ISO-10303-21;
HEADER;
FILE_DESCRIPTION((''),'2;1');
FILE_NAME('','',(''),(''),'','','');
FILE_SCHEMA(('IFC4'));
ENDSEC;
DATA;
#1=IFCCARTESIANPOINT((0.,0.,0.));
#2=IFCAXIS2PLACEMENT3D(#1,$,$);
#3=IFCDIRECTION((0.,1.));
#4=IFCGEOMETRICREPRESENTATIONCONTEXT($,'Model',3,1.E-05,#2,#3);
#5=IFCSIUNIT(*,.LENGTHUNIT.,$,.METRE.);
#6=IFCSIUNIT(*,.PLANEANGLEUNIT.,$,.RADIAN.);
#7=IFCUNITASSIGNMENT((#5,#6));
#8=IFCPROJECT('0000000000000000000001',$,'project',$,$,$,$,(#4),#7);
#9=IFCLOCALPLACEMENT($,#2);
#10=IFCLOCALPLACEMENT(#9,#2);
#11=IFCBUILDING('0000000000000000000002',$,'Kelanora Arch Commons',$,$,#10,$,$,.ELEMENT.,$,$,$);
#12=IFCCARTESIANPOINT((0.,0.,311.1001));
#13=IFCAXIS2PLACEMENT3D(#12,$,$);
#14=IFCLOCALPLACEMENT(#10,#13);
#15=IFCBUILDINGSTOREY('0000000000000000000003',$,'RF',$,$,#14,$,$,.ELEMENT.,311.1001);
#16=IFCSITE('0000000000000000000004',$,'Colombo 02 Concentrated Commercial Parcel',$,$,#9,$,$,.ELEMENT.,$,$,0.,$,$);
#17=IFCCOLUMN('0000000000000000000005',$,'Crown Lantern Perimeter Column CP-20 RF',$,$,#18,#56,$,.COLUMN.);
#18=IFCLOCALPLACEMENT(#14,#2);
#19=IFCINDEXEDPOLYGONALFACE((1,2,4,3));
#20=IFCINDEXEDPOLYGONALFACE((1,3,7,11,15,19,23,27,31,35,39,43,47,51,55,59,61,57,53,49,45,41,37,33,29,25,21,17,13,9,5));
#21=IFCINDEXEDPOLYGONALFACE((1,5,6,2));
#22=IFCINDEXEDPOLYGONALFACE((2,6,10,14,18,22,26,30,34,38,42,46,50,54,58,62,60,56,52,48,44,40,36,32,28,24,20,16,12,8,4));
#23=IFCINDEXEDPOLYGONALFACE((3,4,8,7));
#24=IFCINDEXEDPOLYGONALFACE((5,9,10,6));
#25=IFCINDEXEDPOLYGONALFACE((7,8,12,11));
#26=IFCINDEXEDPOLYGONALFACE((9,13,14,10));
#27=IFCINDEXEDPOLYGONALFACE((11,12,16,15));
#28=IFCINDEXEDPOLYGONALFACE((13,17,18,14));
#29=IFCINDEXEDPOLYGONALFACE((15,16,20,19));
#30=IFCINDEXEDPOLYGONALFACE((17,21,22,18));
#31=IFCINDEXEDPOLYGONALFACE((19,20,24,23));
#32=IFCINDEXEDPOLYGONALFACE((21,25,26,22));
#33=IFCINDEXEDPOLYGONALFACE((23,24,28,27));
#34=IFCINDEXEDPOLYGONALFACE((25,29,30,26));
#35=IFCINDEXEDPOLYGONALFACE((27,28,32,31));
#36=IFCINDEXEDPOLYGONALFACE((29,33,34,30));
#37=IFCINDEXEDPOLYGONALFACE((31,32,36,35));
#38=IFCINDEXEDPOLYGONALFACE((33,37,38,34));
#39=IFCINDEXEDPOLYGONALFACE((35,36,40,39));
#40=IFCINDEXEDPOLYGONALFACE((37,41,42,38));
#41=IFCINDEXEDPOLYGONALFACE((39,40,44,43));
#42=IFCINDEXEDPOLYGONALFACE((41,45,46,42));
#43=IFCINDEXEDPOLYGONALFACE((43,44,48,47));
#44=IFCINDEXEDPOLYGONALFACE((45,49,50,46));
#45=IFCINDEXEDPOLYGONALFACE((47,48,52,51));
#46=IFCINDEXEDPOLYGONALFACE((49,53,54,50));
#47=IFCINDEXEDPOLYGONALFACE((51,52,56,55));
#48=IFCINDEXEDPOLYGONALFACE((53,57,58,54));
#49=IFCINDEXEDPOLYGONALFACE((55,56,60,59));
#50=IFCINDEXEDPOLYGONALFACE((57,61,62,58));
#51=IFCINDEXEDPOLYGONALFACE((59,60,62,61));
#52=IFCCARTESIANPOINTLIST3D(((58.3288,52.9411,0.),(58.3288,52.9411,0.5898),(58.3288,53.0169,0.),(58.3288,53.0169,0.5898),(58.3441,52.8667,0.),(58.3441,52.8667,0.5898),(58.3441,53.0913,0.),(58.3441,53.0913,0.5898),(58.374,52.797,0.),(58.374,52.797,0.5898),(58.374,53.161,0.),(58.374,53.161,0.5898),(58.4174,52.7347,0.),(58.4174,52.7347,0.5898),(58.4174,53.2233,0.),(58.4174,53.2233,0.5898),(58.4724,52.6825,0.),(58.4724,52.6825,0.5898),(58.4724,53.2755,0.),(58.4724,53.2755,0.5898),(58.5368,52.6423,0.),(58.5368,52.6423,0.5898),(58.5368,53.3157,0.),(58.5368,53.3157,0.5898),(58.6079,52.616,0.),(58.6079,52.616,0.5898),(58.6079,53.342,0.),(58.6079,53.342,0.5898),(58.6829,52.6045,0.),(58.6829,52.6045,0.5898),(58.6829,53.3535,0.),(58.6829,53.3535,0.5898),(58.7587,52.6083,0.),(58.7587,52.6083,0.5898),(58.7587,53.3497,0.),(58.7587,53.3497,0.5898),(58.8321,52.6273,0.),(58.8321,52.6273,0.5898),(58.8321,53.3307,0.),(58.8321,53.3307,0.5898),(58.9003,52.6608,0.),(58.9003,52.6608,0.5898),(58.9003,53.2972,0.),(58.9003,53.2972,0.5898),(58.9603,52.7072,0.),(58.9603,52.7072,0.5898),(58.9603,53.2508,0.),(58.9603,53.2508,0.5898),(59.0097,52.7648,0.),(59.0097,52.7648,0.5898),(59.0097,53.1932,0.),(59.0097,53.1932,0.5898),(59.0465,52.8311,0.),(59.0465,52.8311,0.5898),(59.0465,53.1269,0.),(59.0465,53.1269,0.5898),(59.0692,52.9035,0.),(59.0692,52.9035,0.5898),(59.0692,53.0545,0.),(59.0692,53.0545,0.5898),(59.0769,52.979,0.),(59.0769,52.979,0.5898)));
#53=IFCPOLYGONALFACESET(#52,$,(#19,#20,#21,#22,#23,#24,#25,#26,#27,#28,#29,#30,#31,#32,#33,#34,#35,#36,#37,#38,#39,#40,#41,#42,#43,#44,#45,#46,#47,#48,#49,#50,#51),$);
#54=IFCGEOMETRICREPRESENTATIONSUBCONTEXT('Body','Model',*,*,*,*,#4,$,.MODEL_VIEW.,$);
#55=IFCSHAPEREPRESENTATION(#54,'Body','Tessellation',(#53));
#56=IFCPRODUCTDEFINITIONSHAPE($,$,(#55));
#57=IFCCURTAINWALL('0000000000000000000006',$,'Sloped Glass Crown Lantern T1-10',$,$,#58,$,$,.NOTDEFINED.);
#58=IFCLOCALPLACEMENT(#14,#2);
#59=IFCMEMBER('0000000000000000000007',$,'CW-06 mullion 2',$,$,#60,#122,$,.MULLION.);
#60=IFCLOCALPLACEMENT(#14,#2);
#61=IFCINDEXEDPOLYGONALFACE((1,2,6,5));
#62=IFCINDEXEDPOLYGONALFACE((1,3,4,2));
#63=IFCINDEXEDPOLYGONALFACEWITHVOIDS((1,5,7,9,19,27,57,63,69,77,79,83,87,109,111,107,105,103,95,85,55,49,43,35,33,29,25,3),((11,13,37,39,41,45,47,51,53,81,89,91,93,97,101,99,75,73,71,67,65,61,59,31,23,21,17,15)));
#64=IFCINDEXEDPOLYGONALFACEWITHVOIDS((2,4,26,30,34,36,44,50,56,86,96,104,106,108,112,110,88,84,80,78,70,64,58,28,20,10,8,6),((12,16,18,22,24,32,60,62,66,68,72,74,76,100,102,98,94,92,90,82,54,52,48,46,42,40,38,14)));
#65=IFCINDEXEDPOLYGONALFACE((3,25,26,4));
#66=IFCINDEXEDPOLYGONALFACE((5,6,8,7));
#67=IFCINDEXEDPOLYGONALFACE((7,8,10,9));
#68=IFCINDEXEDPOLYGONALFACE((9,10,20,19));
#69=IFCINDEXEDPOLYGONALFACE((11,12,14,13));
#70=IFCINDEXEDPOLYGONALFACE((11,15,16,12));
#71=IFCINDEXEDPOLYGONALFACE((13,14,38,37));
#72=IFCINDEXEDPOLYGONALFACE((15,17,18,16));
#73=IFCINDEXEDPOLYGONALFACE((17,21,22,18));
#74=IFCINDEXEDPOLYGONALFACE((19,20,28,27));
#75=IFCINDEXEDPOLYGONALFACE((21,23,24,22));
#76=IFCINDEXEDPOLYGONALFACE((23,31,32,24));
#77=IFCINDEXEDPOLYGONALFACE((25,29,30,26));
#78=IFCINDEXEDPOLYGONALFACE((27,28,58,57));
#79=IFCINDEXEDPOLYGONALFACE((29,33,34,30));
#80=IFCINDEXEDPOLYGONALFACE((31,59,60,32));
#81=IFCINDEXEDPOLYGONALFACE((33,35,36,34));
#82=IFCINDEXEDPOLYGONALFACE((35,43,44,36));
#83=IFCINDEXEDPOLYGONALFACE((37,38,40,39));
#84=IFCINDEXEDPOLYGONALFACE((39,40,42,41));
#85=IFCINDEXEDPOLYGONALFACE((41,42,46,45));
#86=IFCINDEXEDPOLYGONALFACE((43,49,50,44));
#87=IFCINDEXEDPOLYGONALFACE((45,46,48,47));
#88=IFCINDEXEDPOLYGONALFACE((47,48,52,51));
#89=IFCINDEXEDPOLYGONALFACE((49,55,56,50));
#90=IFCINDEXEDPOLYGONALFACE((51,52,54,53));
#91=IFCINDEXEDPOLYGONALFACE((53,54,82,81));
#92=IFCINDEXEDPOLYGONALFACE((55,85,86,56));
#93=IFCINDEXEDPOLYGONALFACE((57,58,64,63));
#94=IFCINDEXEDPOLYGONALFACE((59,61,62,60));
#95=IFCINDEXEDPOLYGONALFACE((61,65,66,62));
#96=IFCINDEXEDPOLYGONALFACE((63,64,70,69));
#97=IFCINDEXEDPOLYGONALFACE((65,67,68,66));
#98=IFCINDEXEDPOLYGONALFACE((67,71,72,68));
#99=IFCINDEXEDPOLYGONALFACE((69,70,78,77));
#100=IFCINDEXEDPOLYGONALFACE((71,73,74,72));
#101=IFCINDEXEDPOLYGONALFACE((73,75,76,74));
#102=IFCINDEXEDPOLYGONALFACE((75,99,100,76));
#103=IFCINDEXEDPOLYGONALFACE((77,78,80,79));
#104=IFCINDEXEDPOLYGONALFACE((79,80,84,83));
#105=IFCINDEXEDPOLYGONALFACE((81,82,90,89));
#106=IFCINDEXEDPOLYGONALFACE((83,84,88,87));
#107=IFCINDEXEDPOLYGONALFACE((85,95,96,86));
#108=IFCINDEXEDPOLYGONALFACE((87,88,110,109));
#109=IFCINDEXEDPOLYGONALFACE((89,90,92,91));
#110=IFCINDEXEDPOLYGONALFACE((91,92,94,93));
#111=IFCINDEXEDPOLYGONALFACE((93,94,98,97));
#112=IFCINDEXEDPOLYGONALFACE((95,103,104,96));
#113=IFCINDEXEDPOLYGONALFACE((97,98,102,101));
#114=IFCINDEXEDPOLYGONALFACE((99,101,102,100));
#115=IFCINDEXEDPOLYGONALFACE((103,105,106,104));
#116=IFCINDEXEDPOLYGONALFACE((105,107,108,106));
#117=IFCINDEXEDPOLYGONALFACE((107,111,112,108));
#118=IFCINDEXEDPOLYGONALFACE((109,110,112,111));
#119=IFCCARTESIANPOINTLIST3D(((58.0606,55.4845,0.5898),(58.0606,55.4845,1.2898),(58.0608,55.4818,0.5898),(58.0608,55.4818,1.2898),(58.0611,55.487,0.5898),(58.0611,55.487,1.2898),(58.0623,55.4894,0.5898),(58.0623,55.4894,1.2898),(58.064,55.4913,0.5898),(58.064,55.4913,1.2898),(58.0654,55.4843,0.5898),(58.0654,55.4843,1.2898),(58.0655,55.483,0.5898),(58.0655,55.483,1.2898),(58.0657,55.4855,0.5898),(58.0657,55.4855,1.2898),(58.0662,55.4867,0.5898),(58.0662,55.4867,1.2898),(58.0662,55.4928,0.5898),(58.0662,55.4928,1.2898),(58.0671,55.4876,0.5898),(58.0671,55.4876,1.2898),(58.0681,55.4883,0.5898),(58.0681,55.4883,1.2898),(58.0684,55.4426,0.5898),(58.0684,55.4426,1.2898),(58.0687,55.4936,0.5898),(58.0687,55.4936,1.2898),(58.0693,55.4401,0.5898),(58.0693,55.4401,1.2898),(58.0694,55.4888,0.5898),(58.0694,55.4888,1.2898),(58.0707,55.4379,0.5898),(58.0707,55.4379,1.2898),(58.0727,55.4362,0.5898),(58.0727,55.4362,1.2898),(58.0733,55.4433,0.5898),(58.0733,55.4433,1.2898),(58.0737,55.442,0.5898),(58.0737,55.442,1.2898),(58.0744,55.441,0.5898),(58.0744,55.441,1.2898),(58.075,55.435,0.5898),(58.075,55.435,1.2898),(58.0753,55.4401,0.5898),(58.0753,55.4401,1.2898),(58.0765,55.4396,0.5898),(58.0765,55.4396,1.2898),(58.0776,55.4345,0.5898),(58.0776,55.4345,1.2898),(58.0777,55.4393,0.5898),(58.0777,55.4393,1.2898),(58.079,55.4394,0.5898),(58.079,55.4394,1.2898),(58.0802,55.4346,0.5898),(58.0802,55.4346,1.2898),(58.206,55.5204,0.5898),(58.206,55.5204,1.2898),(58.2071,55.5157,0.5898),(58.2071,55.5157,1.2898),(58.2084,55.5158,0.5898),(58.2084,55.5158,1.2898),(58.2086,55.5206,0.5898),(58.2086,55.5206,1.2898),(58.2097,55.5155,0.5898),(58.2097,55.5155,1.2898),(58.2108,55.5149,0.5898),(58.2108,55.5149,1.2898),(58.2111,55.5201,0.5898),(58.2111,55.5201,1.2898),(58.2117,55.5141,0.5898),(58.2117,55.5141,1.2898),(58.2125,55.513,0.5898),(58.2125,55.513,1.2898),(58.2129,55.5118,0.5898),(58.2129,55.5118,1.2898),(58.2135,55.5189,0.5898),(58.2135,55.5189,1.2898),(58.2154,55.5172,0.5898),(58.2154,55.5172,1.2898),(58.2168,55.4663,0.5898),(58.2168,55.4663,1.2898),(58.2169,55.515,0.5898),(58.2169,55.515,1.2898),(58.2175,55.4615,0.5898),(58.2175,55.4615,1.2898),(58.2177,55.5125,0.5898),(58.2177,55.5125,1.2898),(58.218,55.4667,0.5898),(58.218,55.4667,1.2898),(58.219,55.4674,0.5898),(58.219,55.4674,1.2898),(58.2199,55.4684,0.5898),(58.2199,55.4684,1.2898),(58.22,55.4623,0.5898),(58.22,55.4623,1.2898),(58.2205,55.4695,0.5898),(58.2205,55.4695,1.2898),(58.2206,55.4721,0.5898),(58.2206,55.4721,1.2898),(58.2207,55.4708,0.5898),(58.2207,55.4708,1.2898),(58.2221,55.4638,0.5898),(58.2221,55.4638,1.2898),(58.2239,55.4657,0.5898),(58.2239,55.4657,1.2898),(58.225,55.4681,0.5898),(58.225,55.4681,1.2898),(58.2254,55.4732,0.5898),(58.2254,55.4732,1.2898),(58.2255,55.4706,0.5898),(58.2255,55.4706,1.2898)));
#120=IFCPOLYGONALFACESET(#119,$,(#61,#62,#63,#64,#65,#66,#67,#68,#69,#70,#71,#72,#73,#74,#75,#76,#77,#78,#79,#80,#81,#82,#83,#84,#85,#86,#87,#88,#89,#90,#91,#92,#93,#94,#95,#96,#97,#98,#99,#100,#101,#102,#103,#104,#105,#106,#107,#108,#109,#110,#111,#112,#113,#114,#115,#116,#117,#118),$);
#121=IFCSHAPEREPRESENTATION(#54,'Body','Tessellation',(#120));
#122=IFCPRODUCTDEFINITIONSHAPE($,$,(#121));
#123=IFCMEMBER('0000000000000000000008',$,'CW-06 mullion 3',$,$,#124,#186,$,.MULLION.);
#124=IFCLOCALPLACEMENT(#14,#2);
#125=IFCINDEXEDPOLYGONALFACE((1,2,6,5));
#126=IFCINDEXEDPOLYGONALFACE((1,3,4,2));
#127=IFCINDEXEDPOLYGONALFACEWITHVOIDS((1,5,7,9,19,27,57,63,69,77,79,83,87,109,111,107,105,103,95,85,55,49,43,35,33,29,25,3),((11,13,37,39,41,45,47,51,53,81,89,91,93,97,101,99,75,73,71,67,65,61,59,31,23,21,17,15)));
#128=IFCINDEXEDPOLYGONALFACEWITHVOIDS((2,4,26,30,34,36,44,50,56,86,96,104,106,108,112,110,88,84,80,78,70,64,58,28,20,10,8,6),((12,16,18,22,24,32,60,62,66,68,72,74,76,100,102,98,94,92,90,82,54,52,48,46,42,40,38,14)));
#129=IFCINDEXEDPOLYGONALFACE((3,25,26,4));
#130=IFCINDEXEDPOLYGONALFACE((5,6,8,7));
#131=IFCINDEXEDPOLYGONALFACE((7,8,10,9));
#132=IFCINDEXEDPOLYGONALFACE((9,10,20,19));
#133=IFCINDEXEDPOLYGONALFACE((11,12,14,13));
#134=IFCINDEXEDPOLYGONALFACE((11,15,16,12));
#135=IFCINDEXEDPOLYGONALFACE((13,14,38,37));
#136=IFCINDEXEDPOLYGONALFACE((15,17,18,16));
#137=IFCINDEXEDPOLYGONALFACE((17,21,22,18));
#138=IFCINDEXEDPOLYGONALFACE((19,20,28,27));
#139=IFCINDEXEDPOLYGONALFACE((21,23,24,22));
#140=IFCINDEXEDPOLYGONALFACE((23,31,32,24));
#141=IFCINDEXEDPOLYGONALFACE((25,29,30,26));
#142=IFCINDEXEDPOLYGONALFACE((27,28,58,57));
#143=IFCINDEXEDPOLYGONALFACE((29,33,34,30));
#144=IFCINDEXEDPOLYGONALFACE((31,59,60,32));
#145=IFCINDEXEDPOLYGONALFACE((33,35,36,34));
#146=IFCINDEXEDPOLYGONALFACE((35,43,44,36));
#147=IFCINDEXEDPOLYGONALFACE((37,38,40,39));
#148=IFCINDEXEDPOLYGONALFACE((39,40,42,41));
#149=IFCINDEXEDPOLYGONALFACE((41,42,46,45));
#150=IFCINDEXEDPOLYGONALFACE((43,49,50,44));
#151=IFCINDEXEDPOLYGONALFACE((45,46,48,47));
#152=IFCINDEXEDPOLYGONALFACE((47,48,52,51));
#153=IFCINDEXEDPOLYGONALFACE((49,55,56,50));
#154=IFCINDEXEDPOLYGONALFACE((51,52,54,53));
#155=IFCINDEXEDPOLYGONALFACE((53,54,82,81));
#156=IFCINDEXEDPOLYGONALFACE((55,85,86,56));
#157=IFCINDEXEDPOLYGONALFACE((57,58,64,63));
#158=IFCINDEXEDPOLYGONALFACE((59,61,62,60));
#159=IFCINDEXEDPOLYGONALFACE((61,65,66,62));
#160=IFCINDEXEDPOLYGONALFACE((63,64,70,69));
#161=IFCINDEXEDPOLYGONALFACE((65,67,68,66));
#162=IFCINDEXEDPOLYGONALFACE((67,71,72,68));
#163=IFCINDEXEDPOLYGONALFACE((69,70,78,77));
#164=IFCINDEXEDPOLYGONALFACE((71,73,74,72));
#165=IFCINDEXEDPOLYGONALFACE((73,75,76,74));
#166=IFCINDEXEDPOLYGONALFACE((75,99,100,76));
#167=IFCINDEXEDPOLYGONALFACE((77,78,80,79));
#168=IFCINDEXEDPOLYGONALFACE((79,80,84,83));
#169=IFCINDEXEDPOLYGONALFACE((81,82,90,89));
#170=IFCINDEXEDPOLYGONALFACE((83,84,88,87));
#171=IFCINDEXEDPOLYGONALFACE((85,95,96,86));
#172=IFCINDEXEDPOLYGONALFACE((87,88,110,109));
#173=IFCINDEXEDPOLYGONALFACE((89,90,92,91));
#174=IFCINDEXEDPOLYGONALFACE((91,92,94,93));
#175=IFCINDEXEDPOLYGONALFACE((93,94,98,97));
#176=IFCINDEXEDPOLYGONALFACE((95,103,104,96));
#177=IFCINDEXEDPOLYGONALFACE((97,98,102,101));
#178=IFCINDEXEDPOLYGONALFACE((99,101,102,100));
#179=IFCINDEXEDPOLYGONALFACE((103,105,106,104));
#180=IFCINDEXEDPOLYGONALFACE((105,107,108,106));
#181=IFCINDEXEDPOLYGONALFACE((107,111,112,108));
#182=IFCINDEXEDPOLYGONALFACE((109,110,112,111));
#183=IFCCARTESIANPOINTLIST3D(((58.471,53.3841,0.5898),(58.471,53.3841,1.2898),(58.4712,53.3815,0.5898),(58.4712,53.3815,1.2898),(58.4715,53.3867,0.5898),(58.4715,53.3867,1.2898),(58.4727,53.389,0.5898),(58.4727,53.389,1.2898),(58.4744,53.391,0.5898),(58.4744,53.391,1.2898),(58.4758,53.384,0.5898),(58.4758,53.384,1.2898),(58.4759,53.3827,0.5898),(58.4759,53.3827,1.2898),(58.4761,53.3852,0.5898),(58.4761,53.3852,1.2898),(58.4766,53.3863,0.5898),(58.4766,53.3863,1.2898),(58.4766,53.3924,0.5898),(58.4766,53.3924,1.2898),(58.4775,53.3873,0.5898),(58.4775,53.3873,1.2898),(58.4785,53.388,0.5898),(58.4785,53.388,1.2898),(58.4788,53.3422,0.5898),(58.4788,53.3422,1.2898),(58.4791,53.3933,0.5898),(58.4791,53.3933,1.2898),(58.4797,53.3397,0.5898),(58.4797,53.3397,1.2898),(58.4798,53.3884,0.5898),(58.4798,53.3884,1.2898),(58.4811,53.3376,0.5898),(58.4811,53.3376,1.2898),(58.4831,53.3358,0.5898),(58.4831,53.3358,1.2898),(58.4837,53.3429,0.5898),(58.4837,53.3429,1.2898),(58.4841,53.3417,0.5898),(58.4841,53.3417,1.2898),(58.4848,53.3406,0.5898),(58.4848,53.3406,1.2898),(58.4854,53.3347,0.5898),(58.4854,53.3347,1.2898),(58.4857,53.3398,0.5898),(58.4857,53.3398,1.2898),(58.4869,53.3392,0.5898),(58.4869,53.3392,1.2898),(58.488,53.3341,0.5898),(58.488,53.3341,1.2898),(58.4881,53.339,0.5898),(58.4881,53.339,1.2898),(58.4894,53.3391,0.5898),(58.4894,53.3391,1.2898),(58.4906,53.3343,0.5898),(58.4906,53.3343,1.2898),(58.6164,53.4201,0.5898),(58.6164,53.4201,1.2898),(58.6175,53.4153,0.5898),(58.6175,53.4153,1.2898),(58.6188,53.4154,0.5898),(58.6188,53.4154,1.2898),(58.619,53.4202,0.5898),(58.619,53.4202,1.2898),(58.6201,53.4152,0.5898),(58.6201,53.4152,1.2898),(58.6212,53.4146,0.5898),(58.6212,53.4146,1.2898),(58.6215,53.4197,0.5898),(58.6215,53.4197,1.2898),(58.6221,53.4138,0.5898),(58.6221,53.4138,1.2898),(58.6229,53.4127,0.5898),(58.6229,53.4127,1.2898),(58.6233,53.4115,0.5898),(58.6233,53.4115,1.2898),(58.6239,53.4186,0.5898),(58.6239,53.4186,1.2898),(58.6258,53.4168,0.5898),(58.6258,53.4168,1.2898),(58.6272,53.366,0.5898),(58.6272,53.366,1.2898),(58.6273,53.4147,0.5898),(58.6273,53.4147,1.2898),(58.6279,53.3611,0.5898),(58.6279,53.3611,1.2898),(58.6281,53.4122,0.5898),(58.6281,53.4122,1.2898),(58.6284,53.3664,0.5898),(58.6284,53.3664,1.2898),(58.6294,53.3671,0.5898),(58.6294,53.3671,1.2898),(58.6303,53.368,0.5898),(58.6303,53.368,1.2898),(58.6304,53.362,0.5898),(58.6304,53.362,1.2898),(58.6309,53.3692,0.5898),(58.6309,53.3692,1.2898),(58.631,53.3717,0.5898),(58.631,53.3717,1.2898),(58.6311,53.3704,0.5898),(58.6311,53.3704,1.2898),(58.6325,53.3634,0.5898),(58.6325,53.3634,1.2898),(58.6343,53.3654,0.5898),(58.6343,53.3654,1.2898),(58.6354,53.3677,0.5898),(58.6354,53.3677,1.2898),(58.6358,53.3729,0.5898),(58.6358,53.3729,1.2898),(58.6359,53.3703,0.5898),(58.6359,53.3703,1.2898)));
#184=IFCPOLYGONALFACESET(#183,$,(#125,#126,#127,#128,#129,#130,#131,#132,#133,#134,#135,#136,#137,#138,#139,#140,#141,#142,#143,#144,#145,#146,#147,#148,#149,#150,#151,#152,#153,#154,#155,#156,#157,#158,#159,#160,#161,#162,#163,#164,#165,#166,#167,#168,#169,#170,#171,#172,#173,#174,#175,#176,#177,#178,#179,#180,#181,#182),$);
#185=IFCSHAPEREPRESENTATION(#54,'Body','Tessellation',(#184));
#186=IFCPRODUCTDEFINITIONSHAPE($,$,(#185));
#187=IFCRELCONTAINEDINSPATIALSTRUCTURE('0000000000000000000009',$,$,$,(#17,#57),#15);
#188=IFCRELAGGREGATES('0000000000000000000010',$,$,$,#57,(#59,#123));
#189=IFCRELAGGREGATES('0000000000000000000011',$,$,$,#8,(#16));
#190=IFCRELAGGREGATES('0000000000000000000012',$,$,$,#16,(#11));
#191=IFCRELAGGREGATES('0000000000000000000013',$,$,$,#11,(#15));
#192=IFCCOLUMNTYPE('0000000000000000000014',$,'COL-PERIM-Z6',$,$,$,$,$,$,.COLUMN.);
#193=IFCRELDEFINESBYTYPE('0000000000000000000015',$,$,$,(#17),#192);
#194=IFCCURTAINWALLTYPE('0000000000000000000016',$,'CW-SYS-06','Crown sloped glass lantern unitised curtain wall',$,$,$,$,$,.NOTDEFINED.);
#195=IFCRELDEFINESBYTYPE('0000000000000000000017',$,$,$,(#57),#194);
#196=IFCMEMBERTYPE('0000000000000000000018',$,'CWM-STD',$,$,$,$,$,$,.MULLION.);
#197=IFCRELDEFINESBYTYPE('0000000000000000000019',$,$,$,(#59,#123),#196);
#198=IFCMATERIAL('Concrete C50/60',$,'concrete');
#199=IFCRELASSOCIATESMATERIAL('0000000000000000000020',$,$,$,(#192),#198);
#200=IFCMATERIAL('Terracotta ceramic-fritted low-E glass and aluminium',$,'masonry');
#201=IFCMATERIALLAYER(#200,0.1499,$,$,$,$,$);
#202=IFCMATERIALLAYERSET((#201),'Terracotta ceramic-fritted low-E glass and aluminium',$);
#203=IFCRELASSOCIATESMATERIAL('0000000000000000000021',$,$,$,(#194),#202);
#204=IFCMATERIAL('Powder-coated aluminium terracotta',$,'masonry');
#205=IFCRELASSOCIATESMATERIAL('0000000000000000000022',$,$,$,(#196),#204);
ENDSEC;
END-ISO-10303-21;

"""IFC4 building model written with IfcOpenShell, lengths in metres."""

from ifc_helpers import new_model, si_unit, direction, frame, origin, origin_2d, place, context, subcontext, project, spatial, hollow_rectangle, circle, extrude, material, layer, layer_set, material_profile, profile_set, type_object, element, aggregate, save


model = new_model("IFC4")

# Units and contexts
model_context = context("Model", 3, precision=1e-05, world=origin(), true_north=direction((0.0, 1.0)))
body_context = subcontext(model_context, "Body", "Model", "MODEL_VIEW")
ifc_project = project(units=[si_unit("LENGTHUNIT", "METRE"), si_unit("PLANEANGLEUNIT", "RADIAN")], contexts=[model_context])

# Site, building, storey
site_placement = place(None, origin())
site = spatial("IfcSite", under=ifc_project, at=site_placement, Name="Colombo 02 Concentrated Commercial Parcel", CompositionType="ELEMENT", RefElevation=0.0)
building_placement = place(site_placement, origin())
building = spatial("IfcBuilding", under=site, at=building_placement, Name="Kelanora Arch Commons", CompositionType="ELEMENT")
storey_placement = place(building_placement, frame((0.0, 0.0, 311.1001)))
storey = spatial("IfcBuildingStorey", under=building, at=storey_placement, Name="RF", CompositionType="ELEMENT", Elevation=311.1001)

# Column
ifc_material_1 = material(Name="Concrete C50/60", Category="concrete")
ifc_material_profile_1 = material_profile(ifc_material_1, circle(Radius=0.375, at=origin_2d()), Name="RCC750")
ifc_profile_set_1 = profile_set([ifc_material_profile_1], Name="Concrete C50/60")
column_type = type_object("IfcColumnType", Name="COL-PERIM-Z6", PredefinedType="COLUMN", material=ifc_profile_set_1)
column_placement = place(storey_placement, frame((58.7019, 52.979, 0.0), z_axis=(0.0, 0.0, 1.0), x_axis=(1.0, 0.0, 0.0)))
element("IfcColumn", 1, at=column_placement, inside=storey, type_object=column_type, Name="Crown Lantern Perimeter Column CP-20 RF", PredefinedType="COLUMN", context=body_context, shape_type="SweptSolid", body=[
    extrude(circle(Radius=0.375, at=origin_2d()), origin(), (0.0, 0.0, 1.0), 0.5898),
])

# Curtain wall, members
ifc_material_2 = material(Name="Terracotta ceramic-fritted low-E glass and aluminium", Category="masonry")
ifc_layer_1 = layer(ifc_material_2, 0.1499)
ifc_layer_set_1 = layer_set([ifc_layer_1], Name="Terracotta ceramic-fritted low-E glass and aluminium")
curtain_wall_type = type_object("IfcCurtainWallType", Name="CW-SYS-06", Description="Crown sloped glass lantern unitised curtain wall", PredefinedType="NOTDEFINED", material=ifc_layer_set_1)
curtain_wall_placement = place(storey_placement, origin())
curtain_wall = element("IfcCurtainWall", 2, at=curtain_wall_placement, inside=storey, type_object=curtain_wall_type, Name="Sloped Glass Crown Lantern T1-10", PredefinedType="NOTDEFINED")
ifc_material_3 = material(Name="Powder-coated aluminium terracotta", Category="masonry")
ifc_material_profile_2 = material_profile(ifc_material_3, hollow_rectangle(XDim=0.1599, YDim=0.0601, WallThickness=0.0049, InnerFilletRadius=0.0049, OuterFilletRadius=0.01, at=origin_2d()), Name="CWM160x60")
ifc_profile_set_2 = profile_set([ifc_material_profile_2], Name="Powder-coated aluminium terracotta")
member_type_1 = type_object("IfcMemberType", Name="CWM-STD", PredefinedType="MULLION", material=ifc_profile_set_2)
member_1_placement = place(storey_placement, frame((58.1431, 55.4775, 0.5898), z_axis=(0.0, 0.0, 1.0), x_axis=(0.981427, 0.191834, 0.0)))
member_1 = element("IfcMember", 3, at=member_1_placement, type_object=member_type_1, Name="CW-06 mullion 2", PredefinedType="MULLION", context=body_context, shape_type="SweptSolid", body=[
    extrude(hollow_rectangle(XDim=0.1599, YDim=0.0601, WallThickness=0.0049, InnerFilletRadius=0.0049, OuterFilletRadius=0.01, at=origin_2d()), origin(), (0.0, 0.0, 1.0), 0.7),
])
member_2_placement = place(storey_placement, frame((58.5535, 53.3772, 0.5898), z_axis=(0.0, 0.0, 1.0), x_axis=(0.981427, 0.191834, 0.0)))
member_2 = element("IfcMember", 4, at=member_2_placement, type_object=member_type_1, Name="CW-06 mullion 3", PredefinedType="MULLION", context=body_context, shape_type="SweptSolid", body=[
    extrude(hollow_rectangle(XDim=0.1599, YDim=0.0601, WallThickness=0.0049, InnerFilletRadius=0.0049, OuterFilletRadius=0.01, at=origin_2d()), origin(), (0.0, 0.0, 1.0), 0.7),
])
aggregate(curtain_wall, [member_1, member_2])

save(model, "model.ifc")
